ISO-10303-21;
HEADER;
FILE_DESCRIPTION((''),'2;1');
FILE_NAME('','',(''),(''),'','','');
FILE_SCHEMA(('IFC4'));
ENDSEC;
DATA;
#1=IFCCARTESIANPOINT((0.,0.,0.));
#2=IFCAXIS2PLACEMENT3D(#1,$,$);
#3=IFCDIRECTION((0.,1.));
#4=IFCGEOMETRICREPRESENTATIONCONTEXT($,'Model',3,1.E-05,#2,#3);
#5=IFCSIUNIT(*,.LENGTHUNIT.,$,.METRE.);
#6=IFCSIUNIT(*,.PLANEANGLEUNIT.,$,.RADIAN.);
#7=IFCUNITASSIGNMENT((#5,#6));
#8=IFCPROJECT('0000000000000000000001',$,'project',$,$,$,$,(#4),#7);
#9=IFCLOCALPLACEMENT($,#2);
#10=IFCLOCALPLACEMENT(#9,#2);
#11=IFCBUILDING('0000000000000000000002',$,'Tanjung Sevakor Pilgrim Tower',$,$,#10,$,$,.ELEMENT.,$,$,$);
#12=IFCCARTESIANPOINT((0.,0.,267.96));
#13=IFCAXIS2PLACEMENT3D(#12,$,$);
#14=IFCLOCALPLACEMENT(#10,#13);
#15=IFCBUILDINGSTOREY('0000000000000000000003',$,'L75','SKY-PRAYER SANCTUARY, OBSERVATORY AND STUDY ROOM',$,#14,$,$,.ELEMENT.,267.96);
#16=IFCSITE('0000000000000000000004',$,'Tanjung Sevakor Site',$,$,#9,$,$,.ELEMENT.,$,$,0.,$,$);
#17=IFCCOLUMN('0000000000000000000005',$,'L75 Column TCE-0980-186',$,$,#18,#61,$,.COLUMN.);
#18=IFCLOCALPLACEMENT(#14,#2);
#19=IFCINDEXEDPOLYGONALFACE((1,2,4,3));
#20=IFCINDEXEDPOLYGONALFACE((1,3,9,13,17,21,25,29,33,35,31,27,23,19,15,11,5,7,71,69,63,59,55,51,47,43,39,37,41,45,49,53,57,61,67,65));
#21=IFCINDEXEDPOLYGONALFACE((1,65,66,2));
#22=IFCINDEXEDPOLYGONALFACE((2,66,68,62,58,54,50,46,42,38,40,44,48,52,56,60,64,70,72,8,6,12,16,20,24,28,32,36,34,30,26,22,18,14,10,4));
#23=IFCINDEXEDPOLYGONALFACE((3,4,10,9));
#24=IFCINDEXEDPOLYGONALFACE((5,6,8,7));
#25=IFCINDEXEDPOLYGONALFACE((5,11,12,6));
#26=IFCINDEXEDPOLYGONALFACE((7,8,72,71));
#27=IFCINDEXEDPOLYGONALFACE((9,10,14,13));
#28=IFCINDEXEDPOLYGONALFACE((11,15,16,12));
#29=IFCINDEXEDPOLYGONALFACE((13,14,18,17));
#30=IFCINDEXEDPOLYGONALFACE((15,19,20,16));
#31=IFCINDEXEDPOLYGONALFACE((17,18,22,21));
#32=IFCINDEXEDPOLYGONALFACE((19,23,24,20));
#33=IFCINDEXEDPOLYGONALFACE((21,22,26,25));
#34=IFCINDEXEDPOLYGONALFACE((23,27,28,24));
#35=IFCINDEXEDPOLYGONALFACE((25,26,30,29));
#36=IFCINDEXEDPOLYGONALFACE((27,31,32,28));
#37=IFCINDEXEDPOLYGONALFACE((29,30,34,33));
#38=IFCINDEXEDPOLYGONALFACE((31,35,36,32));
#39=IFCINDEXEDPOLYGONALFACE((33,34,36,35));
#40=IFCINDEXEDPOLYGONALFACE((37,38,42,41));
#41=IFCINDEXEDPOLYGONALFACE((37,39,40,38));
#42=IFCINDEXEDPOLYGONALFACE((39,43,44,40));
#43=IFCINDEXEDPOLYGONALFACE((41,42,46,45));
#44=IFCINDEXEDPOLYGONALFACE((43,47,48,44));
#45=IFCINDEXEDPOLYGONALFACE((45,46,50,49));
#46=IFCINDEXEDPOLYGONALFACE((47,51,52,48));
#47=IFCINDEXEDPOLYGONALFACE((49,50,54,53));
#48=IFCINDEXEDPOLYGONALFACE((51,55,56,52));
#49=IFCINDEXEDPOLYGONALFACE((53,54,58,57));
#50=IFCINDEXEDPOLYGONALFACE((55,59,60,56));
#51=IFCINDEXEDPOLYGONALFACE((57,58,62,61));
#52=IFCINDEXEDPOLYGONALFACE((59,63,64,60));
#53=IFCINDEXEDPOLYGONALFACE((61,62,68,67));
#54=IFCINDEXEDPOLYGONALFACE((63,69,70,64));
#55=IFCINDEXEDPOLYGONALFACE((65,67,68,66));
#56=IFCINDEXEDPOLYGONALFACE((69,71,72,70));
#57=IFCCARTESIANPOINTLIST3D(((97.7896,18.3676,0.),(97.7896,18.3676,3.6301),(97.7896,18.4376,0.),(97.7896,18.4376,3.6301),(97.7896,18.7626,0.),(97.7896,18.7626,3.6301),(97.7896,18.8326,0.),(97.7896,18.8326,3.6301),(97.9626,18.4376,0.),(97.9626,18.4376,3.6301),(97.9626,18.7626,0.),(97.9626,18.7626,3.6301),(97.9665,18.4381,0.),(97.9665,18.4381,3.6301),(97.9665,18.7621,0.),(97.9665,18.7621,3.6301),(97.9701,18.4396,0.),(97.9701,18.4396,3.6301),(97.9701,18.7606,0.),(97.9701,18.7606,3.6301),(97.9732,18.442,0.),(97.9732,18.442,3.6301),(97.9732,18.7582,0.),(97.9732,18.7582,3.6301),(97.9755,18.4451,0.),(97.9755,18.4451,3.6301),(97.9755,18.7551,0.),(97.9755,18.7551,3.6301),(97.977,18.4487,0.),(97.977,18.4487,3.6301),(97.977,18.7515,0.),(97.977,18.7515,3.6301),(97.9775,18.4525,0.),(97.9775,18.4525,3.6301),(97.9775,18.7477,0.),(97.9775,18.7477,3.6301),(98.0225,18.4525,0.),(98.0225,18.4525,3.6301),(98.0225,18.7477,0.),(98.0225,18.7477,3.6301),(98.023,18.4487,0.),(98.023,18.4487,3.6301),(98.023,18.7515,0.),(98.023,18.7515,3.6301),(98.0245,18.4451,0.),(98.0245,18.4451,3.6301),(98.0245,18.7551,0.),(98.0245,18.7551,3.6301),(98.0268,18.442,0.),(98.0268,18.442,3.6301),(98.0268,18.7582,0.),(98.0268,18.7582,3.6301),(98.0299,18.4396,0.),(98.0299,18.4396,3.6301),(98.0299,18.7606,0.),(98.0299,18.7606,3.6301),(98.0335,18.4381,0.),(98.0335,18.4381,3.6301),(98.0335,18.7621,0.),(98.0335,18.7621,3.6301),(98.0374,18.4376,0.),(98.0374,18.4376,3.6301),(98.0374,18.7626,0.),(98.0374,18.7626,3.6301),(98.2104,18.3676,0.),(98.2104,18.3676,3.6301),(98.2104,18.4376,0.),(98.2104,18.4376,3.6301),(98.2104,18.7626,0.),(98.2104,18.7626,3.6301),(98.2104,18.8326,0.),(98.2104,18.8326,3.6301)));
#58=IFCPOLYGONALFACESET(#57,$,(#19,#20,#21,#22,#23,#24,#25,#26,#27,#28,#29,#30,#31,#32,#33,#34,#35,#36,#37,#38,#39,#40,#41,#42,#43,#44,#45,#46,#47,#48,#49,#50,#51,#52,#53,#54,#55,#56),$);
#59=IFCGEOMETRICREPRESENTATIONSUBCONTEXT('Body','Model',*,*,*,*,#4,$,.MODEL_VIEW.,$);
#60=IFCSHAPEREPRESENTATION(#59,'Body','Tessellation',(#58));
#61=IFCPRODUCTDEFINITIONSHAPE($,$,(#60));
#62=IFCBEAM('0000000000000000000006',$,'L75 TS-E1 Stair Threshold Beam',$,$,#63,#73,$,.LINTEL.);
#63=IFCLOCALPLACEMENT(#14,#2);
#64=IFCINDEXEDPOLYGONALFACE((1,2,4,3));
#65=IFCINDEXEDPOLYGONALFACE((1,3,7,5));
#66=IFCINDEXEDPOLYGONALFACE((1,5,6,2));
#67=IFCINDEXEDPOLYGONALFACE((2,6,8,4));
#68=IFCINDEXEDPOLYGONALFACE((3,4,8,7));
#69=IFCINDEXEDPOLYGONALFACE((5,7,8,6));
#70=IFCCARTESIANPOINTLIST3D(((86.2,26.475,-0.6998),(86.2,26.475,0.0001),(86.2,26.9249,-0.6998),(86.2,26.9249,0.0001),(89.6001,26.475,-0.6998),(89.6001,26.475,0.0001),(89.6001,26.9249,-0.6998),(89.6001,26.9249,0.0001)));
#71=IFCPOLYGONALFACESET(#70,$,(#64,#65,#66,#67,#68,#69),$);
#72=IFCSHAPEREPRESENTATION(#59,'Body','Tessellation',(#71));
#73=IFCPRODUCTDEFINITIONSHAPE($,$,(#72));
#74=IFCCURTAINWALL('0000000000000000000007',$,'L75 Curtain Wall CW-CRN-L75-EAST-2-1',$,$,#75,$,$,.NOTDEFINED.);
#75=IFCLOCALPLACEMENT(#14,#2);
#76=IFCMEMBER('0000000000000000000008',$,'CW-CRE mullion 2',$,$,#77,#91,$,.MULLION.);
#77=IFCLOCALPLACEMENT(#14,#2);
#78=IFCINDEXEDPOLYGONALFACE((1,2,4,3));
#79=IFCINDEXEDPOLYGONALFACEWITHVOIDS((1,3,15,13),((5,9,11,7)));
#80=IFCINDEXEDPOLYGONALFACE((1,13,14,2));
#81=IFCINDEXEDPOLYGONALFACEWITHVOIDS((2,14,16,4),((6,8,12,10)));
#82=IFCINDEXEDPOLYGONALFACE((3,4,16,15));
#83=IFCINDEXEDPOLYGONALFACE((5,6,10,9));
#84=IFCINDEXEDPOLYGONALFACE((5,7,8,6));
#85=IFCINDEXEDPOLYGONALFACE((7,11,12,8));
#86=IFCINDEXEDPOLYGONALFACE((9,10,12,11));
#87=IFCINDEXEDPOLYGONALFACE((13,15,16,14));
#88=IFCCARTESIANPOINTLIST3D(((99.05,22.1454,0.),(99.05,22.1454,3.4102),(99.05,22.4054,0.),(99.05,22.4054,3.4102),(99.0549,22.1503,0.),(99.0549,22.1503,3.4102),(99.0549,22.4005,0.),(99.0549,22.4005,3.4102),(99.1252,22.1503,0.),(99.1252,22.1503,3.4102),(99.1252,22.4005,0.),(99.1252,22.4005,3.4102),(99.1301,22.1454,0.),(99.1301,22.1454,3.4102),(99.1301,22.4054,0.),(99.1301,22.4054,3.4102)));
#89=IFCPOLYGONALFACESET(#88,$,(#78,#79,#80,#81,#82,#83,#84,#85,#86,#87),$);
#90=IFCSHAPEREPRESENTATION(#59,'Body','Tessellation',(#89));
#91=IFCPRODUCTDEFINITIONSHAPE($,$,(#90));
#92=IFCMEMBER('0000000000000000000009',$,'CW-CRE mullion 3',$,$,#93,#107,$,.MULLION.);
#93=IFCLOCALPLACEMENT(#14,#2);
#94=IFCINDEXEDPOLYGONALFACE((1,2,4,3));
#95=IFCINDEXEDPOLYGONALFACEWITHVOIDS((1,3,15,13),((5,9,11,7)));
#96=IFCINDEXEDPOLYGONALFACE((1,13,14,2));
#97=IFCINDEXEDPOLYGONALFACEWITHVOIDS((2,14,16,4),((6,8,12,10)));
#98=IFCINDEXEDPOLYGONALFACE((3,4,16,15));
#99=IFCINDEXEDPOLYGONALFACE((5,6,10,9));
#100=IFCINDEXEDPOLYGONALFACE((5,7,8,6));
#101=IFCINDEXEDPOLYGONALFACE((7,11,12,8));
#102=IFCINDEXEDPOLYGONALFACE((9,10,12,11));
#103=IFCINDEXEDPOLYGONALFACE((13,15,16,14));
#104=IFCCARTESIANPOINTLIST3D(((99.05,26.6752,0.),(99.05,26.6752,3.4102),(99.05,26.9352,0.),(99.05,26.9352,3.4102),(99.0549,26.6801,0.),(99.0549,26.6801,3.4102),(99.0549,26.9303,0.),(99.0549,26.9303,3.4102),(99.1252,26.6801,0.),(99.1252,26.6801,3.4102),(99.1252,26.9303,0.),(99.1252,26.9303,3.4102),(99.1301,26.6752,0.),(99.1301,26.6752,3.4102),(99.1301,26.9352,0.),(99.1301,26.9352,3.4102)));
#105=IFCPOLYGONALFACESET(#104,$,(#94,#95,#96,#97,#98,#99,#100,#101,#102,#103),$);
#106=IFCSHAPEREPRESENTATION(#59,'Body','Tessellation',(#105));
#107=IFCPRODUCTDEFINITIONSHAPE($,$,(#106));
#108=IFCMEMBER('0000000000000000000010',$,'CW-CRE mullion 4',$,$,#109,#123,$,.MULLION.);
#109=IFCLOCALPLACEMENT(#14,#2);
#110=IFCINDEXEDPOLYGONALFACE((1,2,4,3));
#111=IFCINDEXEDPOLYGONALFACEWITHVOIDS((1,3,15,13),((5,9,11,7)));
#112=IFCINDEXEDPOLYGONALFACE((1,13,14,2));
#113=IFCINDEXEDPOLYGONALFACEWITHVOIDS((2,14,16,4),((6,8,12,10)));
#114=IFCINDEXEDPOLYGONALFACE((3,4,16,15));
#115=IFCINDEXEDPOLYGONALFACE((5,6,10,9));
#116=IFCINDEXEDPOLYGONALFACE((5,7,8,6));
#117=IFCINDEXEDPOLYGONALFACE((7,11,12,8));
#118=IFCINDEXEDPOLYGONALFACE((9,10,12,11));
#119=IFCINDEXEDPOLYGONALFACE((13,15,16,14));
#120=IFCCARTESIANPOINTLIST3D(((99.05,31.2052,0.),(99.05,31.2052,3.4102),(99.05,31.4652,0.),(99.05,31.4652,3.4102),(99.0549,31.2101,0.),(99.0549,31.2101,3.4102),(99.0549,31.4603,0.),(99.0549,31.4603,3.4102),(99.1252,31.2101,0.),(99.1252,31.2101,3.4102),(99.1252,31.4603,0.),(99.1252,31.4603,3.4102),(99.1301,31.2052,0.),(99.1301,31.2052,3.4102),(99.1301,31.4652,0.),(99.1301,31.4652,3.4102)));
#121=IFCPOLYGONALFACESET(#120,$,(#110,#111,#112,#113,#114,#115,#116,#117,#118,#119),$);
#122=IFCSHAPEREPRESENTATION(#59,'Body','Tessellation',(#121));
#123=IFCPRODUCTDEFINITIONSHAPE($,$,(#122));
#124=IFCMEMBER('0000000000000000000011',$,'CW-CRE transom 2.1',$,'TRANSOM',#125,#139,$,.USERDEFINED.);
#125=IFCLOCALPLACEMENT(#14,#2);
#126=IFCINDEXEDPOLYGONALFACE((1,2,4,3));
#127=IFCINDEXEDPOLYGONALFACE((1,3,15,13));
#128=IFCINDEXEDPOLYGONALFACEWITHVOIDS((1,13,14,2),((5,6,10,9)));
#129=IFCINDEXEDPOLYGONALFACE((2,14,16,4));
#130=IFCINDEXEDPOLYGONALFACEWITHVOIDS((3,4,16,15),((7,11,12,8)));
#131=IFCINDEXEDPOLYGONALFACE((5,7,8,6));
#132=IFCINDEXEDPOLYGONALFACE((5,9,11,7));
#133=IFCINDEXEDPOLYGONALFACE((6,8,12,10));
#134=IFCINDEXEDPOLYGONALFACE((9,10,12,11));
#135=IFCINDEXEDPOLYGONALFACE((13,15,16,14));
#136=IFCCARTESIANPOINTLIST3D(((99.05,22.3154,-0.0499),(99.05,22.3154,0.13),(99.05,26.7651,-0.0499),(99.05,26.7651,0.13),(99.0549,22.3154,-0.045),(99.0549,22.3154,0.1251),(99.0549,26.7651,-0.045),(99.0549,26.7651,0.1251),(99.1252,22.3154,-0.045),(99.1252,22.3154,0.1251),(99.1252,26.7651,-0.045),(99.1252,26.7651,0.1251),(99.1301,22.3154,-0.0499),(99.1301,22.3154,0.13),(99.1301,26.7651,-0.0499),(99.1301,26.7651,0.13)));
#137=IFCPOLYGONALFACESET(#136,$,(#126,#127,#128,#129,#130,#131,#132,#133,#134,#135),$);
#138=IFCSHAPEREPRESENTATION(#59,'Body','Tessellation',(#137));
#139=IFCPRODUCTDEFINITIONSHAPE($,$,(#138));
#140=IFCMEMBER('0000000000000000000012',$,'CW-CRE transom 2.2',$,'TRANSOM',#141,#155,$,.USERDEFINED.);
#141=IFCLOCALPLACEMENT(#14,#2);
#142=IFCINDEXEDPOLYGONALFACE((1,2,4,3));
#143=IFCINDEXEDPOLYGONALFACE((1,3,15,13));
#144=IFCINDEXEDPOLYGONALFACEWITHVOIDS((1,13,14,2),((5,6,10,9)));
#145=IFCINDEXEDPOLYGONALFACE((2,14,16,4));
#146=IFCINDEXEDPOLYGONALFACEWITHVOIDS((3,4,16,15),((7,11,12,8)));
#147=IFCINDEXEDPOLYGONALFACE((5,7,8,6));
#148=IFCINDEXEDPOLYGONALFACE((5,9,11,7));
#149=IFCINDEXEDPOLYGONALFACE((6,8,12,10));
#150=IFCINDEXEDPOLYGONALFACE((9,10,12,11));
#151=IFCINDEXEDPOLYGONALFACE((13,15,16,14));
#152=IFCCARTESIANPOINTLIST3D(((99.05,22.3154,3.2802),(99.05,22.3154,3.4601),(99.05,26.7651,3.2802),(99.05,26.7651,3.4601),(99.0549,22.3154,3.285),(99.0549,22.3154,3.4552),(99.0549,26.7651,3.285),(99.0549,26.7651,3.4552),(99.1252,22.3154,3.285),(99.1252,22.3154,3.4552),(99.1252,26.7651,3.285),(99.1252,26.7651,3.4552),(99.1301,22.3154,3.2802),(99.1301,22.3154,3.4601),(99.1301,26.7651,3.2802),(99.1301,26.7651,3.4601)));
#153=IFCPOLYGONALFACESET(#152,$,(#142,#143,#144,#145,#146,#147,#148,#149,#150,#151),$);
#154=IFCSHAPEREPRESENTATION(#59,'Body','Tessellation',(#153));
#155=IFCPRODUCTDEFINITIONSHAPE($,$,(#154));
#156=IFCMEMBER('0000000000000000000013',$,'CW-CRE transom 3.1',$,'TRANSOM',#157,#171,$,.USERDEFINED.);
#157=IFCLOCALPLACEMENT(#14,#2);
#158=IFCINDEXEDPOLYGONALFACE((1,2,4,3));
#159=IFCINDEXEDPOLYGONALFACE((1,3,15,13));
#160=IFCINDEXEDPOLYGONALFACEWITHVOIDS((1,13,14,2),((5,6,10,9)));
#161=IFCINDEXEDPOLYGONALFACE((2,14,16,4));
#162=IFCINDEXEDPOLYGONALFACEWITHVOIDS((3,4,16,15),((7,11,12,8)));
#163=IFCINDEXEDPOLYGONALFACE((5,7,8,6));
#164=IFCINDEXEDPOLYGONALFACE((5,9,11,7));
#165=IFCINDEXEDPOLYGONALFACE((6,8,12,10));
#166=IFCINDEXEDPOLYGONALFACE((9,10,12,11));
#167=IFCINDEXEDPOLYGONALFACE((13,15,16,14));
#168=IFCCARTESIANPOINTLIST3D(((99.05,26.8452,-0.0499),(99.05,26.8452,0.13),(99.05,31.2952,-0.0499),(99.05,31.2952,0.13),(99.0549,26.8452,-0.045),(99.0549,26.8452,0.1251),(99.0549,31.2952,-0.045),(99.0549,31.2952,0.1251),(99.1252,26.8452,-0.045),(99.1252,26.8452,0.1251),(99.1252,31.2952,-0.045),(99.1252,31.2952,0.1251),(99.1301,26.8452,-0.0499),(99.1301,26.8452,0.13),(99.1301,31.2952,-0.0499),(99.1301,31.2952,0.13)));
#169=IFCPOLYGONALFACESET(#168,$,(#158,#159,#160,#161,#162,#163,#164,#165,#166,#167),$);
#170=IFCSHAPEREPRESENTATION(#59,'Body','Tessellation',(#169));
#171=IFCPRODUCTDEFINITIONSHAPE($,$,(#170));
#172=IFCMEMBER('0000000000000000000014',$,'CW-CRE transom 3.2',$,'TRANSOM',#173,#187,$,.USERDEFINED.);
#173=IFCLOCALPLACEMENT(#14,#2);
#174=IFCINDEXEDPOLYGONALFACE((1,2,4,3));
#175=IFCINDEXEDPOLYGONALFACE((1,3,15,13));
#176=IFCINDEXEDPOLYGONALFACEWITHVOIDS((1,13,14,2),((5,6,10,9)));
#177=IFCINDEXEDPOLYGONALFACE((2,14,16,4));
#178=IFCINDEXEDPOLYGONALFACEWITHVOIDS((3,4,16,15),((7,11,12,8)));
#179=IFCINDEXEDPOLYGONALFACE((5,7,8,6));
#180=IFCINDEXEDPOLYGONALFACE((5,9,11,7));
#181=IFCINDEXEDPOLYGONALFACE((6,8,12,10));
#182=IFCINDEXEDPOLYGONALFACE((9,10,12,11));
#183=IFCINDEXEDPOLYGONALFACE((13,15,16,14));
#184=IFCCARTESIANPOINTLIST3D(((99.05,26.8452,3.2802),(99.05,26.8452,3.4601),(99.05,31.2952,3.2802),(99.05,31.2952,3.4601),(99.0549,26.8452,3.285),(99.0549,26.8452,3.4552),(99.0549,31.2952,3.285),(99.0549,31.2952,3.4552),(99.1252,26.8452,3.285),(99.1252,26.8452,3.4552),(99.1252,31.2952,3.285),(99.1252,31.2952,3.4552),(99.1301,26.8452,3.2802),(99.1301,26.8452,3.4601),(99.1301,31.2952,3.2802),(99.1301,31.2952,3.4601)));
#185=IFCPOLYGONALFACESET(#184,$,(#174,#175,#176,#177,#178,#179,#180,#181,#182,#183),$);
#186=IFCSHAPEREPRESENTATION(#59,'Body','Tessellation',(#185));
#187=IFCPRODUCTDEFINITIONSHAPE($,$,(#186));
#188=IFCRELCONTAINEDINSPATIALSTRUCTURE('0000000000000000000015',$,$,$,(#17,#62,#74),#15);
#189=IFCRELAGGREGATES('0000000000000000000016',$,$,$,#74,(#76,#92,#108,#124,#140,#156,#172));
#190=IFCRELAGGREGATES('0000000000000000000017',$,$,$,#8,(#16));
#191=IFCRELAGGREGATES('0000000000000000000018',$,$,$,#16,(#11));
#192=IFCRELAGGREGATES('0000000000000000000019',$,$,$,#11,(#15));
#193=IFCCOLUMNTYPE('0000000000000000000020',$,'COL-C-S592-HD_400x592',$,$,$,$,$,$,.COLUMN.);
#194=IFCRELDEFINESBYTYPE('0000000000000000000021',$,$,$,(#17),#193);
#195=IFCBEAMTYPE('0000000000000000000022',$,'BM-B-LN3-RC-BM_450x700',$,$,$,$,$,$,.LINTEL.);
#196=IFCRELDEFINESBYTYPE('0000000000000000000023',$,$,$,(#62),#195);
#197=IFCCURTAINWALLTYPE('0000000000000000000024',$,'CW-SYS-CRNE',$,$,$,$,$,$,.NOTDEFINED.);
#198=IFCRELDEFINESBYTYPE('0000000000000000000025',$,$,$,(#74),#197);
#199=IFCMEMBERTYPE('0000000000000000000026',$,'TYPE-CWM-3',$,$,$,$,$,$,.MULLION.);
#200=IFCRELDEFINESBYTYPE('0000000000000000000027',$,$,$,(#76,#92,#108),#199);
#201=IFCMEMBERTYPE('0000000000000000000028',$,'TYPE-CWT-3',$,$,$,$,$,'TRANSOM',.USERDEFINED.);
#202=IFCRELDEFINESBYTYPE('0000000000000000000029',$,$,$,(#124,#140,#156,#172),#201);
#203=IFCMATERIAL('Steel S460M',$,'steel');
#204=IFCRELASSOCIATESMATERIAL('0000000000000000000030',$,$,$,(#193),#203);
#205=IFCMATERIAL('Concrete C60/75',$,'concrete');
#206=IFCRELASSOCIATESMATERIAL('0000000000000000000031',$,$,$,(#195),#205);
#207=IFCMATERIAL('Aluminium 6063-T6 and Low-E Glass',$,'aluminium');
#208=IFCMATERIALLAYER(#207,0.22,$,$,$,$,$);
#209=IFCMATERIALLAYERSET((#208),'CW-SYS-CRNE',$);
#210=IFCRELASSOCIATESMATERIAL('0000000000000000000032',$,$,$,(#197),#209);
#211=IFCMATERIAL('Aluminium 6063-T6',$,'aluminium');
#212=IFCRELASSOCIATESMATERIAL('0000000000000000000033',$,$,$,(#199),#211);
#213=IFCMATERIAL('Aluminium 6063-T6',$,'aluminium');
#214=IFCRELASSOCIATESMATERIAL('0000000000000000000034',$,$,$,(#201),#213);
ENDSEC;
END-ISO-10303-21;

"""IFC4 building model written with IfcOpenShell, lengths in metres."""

from ifc_helpers import new_model, si_unit, direction, frame, origin, origin_2d, place, context, subcontext, project, spatial, rectangle, hollow_rectangle, i_section, extrude, material, layer, layer_set, material_profile, profile_set, type_object, element, aggregate, save


model = new_model("IFC4")

# Units and contexts
model_context = context("Model", 3, precision=1e-05, world=origin(), true_north=direction((0.0, 1.0)))
body_context = subcontext(model_context, "Body", "Model", "MODEL_VIEW")
ifc_project = project(units=[si_unit("LENGTHUNIT", "METRE"), si_unit("PLANEANGLEUNIT", "RADIAN")], contexts=[model_context])

# Site, building, storey
site_placement = place(None, origin())
site = spatial("IfcSite", under=ifc_project, at=site_placement, Name="Tanjung Sevakor Site", CompositionType="ELEMENT", RefElevation=0.0)
building_placement = place(site_placement, origin())
building = spatial("IfcBuilding", under=site, at=building_placement, Name="Tanjung Sevakor Pilgrim Tower", CompositionType="ELEMENT")
storey_placement = place(building_placement, frame((0.0, 0.0, 267.96)))
storey = spatial("IfcBuildingStorey", under=building, at=storey_placement, Name="L75", Description="SKY-PRAYER SANCTUARY, OBSERVATORY AND STUDY ROOM", CompositionType="ELEMENT", Elevation=267.96)

# Column
ifc_material_1 = material(Name="Steel S460M", Category="steel")
ifc_material_profile_1 = material_profile(ifc_material_1, i_section(OverallWidth=0.4209, OverallDepth=0.4651, WebThickness=0.0449, FlangeThickness=0.0701, FilletRadius=0.0149, at=origin_2d()))
ifc_profile_set_1 = profile_set([ifc_material_profile_1], Name="Steel S460M")
column_type = type_object("IfcColumnType", Name="COL-C-S592-HD_400x592", PredefinedType="COLUMN", material=ifc_profile_set_1)
column_placement = place(storey_placement, frame((98.0, 18.6001, 0.0), z_axis=(0.0, 0.0, 1.0), x_axis=(1.0, 0.0, 0.0)))
element("IfcColumn", 1, at=column_placement, inside=storey, type_object=column_type, Name="L75 Column TCE-0980-186", PredefinedType="COLUMN", context=body_context, shape_type="SweptSolid", body=[
    extrude(i_section(OverallWidth=0.4209, OverallDepth=0.4651, WebThickness=0.0449, FlangeThickness=0.0701, FilletRadius=0.0149, at=origin_2d()), origin(), (0.0, 0.0, 1.0), 3.6301),
])

# Beam
ifc_material_2 = material(Name="Concrete C60/75", Category="concrete")
ifc_material_profile_2 = material_profile(ifc_material_2, rectangle(XDim=0.45, YDim=0.7, at=origin_2d()))
ifc_profile_set_2 = profile_set([ifc_material_profile_2], Name="Concrete C60/75")
beam_type = type_object("IfcBeamType", Name="BM-B-LN3-RC-BM_450x700", PredefinedType="LINTEL", material=ifc_profile_set_2)
beam_placement = place(storey_placement, frame((86.2, 26.7, -0.3499), z_axis=(1.0, 0.0, 0.0), x_axis=(0.0, 1.0, 0.0)))
element("IfcBeam", 2, at=beam_placement, inside=storey, type_object=beam_type, Name="L75 TS-E1 Stair Threshold Beam", PredefinedType="LINTEL", context=body_context, shape_type="SweptSolid", body=[
    extrude(rectangle(XDim=0.45, YDim=0.7, at=origin_2d()), origin(), (0.0, 0.0, 1.0), 3.4001),
])

# Curtain wall, members
ifc_material_3 = material(Name="Aluminium 6063-T6 and Low-E Glass", Category="aluminium")
ifc_layer_1 = layer(ifc_material_3, 0.22)
ifc_layer_set_1 = layer_set([ifc_layer_1], Name="CW-SYS-CRNE")
curtain_wall_type = type_object("IfcCurtainWallType", Name="CW-SYS-CRNE", PredefinedType="NOTDEFINED", material=ifc_layer_set_1)
curtain_wall_placement = place(storey_placement, origin())
curtain_wall = element("IfcCurtainWall", 3, at=curtain_wall_placement, inside=storey, type_object=curtain_wall_type, Name="L75 Curtain Wall CW-CRN-L75-EAST-2-1", PredefinedType="NOTDEFINED")
ifc_material_4 = material(Name="Aluminium 6063-T6", Category="aluminium")
ifc_material_profile_3 = material_profile(ifc_material_4, hollow_rectangle(XDim=0.0801, YDim=0.26, WallThickness=0.0049, at=origin_2d()))
ifc_profile_set_3 = profile_set([ifc_material_profile_3], Name="Aluminium 6063-T6")
member_type_1 = type_object("IfcMemberType", Name="TYPE-CWM-3", PredefinedType="MULLION", material=ifc_profile_set_3)
member_1_placement = place(storey_placement, frame((99.0901, 22.2754, 0.0), z_axis=(0.0, 0.0, 1.0), x_axis=(-1.0, 0.0, 0.0)))
member_1 = element("IfcMember", 4, at=member_1_placement, type_object=member_type_1, Name="CW-CRE mullion 2", PredefinedType="MULLION", context=body_context, shape_type="SweptSolid", body=[
    extrude(hollow_rectangle(XDim=0.0801, YDim=0.26, WallThickness=0.0049, at=origin_2d()), origin(), (0.0, 0.0, 1.0), 3.4102),
])
member_2_placement = place(storey_placement, frame((99.0901, 26.8052, 0.0), z_axis=(0.0, 0.0, 1.0), x_axis=(-1.0, 0.0, 0.0)))
member_2 = element("IfcMember", 5, at=member_2_placement, type_object=member_type_1, Name="CW-CRE mullion 3", PredefinedType="MULLION", context=body_context, shape_type="SweptSolid", body=[
    extrude(hollow_rectangle(XDim=0.0801, YDim=0.26, WallThickness=0.0049, at=origin_2d()), origin(), (0.0, 0.0, 1.0), 3.4102),
])
member_3_placement = place(storey_placement, frame((99.0901, 31.3352, 0.0), z_axis=(0.0, 0.0, 1.0), x_axis=(-1.0, 0.0, 0.0)))
member_3 = element("IfcMember", 6, at=member_3_placement, type_object=member_type_1, Name="CW-CRE mullion 4", PredefinedType="MULLION", context=body_context, shape_type="SweptSolid", body=[
    extrude(hollow_rectangle(XDim=0.0801, YDim=0.26, WallThickness=0.0049, at=origin_2d()), origin(), (0.0, 0.0, 1.0), 3.4102),
])
ifc_material_5 = material(Name="Aluminium 6063-T6", Category="aluminium")
ifc_material_profile_4 = material_profile(ifc_material_5, hollow_rectangle(XDim=0.0801, YDim=0.1799, WallThickness=0.0049, at=origin_2d()))
ifc_profile_set_4 = profile_set([ifc_material_profile_4], Name="Aluminium 6063-T6")
member_type_2 = type_object("IfcMemberType", Name="TYPE-CWT-3", ElementType="TRANSOM", PredefinedType="USERDEFINED", material=ifc_profile_set_4)
member_4_placement = place(storey_placement, frame((99.0901, 22.3154, 0.04), z_axis=(0.0, 1.0, 0.0), x_axis=(-1.0, 0.0, 0.0)))
member_4 = element("IfcMember", 7, at=member_4_placement, type_object=member_type_2, Name="CW-CRE transom 2.1", ObjectType="TRANSOM", PredefinedType="USERDEFINED", context=body_context, shape_type="SweptSolid", body=[
    extrude(hollow_rectangle(XDim=0.0801, YDim=0.1799, WallThickness=0.0049, at=origin_2d()), origin(), (0.0, 0.0, 1.0), 4.4497),
])
member_5_placement = place(storey_placement, frame((99.0901, 22.3154, 3.3701), z_axis=(0.0, 1.0, 0.0), x_axis=(-1.0, 0.0, 0.0)))
member_5 = element("IfcMember", 8, at=member_5_placement, type_object=member_type_2, Name="CW-CRE transom 2.2", ObjectType="TRANSOM", PredefinedType="USERDEFINED", context=body_context, shape_type="SweptSolid", body=[
    extrude(hollow_rectangle(XDim=0.0801, YDim=0.1799, WallThickness=0.0049, at=origin_2d()), origin(), (0.0, 0.0, 1.0), 4.4497),
])
member_6_placement = place(storey_placement, frame((99.0901, 26.8452, 0.04), z_axis=(0.0, 1.0, 0.0), x_axis=(-1.0, 0.0, 0.0)))
member_6 = element("IfcMember", 9, at=member_6_placement, type_object=member_type_2, Name="CW-CRE transom 3.1", ObjectType="TRANSOM", PredefinedType="USERDEFINED", context=body_context, shape_type="SweptSolid", body=[
    extrude(hollow_rectangle(XDim=0.0801, YDim=0.1799, WallThickness=0.0049, at=origin_2d()), origin(), (0.0, 0.0, 1.0), 4.45),
])
member_7_placement = place(storey_placement, frame((99.0901, 26.8452, 3.3701), z_axis=(0.0, 1.0, 0.0), x_axis=(-1.0, 0.0, 0.0)))
member_7 = element("IfcMember", 10, at=member_7_placement, type_object=member_type_2, Name="CW-CRE transom 3.2", ObjectType="TRANSOM", PredefinedType="USERDEFINED", context=body_context, shape_type="SweptSolid", body=[
    extrude(hollow_rectangle(XDim=0.0801, YDim=0.1799, WallThickness=0.0049, at=origin_2d()), origin(), (0.0, 0.0, 1.0), 4.45),
])
aggregate(curtain_wall, [member_1, member_2, member_3, member_4, member_5, member_6, member_7])

save(model, "model.ifc")
